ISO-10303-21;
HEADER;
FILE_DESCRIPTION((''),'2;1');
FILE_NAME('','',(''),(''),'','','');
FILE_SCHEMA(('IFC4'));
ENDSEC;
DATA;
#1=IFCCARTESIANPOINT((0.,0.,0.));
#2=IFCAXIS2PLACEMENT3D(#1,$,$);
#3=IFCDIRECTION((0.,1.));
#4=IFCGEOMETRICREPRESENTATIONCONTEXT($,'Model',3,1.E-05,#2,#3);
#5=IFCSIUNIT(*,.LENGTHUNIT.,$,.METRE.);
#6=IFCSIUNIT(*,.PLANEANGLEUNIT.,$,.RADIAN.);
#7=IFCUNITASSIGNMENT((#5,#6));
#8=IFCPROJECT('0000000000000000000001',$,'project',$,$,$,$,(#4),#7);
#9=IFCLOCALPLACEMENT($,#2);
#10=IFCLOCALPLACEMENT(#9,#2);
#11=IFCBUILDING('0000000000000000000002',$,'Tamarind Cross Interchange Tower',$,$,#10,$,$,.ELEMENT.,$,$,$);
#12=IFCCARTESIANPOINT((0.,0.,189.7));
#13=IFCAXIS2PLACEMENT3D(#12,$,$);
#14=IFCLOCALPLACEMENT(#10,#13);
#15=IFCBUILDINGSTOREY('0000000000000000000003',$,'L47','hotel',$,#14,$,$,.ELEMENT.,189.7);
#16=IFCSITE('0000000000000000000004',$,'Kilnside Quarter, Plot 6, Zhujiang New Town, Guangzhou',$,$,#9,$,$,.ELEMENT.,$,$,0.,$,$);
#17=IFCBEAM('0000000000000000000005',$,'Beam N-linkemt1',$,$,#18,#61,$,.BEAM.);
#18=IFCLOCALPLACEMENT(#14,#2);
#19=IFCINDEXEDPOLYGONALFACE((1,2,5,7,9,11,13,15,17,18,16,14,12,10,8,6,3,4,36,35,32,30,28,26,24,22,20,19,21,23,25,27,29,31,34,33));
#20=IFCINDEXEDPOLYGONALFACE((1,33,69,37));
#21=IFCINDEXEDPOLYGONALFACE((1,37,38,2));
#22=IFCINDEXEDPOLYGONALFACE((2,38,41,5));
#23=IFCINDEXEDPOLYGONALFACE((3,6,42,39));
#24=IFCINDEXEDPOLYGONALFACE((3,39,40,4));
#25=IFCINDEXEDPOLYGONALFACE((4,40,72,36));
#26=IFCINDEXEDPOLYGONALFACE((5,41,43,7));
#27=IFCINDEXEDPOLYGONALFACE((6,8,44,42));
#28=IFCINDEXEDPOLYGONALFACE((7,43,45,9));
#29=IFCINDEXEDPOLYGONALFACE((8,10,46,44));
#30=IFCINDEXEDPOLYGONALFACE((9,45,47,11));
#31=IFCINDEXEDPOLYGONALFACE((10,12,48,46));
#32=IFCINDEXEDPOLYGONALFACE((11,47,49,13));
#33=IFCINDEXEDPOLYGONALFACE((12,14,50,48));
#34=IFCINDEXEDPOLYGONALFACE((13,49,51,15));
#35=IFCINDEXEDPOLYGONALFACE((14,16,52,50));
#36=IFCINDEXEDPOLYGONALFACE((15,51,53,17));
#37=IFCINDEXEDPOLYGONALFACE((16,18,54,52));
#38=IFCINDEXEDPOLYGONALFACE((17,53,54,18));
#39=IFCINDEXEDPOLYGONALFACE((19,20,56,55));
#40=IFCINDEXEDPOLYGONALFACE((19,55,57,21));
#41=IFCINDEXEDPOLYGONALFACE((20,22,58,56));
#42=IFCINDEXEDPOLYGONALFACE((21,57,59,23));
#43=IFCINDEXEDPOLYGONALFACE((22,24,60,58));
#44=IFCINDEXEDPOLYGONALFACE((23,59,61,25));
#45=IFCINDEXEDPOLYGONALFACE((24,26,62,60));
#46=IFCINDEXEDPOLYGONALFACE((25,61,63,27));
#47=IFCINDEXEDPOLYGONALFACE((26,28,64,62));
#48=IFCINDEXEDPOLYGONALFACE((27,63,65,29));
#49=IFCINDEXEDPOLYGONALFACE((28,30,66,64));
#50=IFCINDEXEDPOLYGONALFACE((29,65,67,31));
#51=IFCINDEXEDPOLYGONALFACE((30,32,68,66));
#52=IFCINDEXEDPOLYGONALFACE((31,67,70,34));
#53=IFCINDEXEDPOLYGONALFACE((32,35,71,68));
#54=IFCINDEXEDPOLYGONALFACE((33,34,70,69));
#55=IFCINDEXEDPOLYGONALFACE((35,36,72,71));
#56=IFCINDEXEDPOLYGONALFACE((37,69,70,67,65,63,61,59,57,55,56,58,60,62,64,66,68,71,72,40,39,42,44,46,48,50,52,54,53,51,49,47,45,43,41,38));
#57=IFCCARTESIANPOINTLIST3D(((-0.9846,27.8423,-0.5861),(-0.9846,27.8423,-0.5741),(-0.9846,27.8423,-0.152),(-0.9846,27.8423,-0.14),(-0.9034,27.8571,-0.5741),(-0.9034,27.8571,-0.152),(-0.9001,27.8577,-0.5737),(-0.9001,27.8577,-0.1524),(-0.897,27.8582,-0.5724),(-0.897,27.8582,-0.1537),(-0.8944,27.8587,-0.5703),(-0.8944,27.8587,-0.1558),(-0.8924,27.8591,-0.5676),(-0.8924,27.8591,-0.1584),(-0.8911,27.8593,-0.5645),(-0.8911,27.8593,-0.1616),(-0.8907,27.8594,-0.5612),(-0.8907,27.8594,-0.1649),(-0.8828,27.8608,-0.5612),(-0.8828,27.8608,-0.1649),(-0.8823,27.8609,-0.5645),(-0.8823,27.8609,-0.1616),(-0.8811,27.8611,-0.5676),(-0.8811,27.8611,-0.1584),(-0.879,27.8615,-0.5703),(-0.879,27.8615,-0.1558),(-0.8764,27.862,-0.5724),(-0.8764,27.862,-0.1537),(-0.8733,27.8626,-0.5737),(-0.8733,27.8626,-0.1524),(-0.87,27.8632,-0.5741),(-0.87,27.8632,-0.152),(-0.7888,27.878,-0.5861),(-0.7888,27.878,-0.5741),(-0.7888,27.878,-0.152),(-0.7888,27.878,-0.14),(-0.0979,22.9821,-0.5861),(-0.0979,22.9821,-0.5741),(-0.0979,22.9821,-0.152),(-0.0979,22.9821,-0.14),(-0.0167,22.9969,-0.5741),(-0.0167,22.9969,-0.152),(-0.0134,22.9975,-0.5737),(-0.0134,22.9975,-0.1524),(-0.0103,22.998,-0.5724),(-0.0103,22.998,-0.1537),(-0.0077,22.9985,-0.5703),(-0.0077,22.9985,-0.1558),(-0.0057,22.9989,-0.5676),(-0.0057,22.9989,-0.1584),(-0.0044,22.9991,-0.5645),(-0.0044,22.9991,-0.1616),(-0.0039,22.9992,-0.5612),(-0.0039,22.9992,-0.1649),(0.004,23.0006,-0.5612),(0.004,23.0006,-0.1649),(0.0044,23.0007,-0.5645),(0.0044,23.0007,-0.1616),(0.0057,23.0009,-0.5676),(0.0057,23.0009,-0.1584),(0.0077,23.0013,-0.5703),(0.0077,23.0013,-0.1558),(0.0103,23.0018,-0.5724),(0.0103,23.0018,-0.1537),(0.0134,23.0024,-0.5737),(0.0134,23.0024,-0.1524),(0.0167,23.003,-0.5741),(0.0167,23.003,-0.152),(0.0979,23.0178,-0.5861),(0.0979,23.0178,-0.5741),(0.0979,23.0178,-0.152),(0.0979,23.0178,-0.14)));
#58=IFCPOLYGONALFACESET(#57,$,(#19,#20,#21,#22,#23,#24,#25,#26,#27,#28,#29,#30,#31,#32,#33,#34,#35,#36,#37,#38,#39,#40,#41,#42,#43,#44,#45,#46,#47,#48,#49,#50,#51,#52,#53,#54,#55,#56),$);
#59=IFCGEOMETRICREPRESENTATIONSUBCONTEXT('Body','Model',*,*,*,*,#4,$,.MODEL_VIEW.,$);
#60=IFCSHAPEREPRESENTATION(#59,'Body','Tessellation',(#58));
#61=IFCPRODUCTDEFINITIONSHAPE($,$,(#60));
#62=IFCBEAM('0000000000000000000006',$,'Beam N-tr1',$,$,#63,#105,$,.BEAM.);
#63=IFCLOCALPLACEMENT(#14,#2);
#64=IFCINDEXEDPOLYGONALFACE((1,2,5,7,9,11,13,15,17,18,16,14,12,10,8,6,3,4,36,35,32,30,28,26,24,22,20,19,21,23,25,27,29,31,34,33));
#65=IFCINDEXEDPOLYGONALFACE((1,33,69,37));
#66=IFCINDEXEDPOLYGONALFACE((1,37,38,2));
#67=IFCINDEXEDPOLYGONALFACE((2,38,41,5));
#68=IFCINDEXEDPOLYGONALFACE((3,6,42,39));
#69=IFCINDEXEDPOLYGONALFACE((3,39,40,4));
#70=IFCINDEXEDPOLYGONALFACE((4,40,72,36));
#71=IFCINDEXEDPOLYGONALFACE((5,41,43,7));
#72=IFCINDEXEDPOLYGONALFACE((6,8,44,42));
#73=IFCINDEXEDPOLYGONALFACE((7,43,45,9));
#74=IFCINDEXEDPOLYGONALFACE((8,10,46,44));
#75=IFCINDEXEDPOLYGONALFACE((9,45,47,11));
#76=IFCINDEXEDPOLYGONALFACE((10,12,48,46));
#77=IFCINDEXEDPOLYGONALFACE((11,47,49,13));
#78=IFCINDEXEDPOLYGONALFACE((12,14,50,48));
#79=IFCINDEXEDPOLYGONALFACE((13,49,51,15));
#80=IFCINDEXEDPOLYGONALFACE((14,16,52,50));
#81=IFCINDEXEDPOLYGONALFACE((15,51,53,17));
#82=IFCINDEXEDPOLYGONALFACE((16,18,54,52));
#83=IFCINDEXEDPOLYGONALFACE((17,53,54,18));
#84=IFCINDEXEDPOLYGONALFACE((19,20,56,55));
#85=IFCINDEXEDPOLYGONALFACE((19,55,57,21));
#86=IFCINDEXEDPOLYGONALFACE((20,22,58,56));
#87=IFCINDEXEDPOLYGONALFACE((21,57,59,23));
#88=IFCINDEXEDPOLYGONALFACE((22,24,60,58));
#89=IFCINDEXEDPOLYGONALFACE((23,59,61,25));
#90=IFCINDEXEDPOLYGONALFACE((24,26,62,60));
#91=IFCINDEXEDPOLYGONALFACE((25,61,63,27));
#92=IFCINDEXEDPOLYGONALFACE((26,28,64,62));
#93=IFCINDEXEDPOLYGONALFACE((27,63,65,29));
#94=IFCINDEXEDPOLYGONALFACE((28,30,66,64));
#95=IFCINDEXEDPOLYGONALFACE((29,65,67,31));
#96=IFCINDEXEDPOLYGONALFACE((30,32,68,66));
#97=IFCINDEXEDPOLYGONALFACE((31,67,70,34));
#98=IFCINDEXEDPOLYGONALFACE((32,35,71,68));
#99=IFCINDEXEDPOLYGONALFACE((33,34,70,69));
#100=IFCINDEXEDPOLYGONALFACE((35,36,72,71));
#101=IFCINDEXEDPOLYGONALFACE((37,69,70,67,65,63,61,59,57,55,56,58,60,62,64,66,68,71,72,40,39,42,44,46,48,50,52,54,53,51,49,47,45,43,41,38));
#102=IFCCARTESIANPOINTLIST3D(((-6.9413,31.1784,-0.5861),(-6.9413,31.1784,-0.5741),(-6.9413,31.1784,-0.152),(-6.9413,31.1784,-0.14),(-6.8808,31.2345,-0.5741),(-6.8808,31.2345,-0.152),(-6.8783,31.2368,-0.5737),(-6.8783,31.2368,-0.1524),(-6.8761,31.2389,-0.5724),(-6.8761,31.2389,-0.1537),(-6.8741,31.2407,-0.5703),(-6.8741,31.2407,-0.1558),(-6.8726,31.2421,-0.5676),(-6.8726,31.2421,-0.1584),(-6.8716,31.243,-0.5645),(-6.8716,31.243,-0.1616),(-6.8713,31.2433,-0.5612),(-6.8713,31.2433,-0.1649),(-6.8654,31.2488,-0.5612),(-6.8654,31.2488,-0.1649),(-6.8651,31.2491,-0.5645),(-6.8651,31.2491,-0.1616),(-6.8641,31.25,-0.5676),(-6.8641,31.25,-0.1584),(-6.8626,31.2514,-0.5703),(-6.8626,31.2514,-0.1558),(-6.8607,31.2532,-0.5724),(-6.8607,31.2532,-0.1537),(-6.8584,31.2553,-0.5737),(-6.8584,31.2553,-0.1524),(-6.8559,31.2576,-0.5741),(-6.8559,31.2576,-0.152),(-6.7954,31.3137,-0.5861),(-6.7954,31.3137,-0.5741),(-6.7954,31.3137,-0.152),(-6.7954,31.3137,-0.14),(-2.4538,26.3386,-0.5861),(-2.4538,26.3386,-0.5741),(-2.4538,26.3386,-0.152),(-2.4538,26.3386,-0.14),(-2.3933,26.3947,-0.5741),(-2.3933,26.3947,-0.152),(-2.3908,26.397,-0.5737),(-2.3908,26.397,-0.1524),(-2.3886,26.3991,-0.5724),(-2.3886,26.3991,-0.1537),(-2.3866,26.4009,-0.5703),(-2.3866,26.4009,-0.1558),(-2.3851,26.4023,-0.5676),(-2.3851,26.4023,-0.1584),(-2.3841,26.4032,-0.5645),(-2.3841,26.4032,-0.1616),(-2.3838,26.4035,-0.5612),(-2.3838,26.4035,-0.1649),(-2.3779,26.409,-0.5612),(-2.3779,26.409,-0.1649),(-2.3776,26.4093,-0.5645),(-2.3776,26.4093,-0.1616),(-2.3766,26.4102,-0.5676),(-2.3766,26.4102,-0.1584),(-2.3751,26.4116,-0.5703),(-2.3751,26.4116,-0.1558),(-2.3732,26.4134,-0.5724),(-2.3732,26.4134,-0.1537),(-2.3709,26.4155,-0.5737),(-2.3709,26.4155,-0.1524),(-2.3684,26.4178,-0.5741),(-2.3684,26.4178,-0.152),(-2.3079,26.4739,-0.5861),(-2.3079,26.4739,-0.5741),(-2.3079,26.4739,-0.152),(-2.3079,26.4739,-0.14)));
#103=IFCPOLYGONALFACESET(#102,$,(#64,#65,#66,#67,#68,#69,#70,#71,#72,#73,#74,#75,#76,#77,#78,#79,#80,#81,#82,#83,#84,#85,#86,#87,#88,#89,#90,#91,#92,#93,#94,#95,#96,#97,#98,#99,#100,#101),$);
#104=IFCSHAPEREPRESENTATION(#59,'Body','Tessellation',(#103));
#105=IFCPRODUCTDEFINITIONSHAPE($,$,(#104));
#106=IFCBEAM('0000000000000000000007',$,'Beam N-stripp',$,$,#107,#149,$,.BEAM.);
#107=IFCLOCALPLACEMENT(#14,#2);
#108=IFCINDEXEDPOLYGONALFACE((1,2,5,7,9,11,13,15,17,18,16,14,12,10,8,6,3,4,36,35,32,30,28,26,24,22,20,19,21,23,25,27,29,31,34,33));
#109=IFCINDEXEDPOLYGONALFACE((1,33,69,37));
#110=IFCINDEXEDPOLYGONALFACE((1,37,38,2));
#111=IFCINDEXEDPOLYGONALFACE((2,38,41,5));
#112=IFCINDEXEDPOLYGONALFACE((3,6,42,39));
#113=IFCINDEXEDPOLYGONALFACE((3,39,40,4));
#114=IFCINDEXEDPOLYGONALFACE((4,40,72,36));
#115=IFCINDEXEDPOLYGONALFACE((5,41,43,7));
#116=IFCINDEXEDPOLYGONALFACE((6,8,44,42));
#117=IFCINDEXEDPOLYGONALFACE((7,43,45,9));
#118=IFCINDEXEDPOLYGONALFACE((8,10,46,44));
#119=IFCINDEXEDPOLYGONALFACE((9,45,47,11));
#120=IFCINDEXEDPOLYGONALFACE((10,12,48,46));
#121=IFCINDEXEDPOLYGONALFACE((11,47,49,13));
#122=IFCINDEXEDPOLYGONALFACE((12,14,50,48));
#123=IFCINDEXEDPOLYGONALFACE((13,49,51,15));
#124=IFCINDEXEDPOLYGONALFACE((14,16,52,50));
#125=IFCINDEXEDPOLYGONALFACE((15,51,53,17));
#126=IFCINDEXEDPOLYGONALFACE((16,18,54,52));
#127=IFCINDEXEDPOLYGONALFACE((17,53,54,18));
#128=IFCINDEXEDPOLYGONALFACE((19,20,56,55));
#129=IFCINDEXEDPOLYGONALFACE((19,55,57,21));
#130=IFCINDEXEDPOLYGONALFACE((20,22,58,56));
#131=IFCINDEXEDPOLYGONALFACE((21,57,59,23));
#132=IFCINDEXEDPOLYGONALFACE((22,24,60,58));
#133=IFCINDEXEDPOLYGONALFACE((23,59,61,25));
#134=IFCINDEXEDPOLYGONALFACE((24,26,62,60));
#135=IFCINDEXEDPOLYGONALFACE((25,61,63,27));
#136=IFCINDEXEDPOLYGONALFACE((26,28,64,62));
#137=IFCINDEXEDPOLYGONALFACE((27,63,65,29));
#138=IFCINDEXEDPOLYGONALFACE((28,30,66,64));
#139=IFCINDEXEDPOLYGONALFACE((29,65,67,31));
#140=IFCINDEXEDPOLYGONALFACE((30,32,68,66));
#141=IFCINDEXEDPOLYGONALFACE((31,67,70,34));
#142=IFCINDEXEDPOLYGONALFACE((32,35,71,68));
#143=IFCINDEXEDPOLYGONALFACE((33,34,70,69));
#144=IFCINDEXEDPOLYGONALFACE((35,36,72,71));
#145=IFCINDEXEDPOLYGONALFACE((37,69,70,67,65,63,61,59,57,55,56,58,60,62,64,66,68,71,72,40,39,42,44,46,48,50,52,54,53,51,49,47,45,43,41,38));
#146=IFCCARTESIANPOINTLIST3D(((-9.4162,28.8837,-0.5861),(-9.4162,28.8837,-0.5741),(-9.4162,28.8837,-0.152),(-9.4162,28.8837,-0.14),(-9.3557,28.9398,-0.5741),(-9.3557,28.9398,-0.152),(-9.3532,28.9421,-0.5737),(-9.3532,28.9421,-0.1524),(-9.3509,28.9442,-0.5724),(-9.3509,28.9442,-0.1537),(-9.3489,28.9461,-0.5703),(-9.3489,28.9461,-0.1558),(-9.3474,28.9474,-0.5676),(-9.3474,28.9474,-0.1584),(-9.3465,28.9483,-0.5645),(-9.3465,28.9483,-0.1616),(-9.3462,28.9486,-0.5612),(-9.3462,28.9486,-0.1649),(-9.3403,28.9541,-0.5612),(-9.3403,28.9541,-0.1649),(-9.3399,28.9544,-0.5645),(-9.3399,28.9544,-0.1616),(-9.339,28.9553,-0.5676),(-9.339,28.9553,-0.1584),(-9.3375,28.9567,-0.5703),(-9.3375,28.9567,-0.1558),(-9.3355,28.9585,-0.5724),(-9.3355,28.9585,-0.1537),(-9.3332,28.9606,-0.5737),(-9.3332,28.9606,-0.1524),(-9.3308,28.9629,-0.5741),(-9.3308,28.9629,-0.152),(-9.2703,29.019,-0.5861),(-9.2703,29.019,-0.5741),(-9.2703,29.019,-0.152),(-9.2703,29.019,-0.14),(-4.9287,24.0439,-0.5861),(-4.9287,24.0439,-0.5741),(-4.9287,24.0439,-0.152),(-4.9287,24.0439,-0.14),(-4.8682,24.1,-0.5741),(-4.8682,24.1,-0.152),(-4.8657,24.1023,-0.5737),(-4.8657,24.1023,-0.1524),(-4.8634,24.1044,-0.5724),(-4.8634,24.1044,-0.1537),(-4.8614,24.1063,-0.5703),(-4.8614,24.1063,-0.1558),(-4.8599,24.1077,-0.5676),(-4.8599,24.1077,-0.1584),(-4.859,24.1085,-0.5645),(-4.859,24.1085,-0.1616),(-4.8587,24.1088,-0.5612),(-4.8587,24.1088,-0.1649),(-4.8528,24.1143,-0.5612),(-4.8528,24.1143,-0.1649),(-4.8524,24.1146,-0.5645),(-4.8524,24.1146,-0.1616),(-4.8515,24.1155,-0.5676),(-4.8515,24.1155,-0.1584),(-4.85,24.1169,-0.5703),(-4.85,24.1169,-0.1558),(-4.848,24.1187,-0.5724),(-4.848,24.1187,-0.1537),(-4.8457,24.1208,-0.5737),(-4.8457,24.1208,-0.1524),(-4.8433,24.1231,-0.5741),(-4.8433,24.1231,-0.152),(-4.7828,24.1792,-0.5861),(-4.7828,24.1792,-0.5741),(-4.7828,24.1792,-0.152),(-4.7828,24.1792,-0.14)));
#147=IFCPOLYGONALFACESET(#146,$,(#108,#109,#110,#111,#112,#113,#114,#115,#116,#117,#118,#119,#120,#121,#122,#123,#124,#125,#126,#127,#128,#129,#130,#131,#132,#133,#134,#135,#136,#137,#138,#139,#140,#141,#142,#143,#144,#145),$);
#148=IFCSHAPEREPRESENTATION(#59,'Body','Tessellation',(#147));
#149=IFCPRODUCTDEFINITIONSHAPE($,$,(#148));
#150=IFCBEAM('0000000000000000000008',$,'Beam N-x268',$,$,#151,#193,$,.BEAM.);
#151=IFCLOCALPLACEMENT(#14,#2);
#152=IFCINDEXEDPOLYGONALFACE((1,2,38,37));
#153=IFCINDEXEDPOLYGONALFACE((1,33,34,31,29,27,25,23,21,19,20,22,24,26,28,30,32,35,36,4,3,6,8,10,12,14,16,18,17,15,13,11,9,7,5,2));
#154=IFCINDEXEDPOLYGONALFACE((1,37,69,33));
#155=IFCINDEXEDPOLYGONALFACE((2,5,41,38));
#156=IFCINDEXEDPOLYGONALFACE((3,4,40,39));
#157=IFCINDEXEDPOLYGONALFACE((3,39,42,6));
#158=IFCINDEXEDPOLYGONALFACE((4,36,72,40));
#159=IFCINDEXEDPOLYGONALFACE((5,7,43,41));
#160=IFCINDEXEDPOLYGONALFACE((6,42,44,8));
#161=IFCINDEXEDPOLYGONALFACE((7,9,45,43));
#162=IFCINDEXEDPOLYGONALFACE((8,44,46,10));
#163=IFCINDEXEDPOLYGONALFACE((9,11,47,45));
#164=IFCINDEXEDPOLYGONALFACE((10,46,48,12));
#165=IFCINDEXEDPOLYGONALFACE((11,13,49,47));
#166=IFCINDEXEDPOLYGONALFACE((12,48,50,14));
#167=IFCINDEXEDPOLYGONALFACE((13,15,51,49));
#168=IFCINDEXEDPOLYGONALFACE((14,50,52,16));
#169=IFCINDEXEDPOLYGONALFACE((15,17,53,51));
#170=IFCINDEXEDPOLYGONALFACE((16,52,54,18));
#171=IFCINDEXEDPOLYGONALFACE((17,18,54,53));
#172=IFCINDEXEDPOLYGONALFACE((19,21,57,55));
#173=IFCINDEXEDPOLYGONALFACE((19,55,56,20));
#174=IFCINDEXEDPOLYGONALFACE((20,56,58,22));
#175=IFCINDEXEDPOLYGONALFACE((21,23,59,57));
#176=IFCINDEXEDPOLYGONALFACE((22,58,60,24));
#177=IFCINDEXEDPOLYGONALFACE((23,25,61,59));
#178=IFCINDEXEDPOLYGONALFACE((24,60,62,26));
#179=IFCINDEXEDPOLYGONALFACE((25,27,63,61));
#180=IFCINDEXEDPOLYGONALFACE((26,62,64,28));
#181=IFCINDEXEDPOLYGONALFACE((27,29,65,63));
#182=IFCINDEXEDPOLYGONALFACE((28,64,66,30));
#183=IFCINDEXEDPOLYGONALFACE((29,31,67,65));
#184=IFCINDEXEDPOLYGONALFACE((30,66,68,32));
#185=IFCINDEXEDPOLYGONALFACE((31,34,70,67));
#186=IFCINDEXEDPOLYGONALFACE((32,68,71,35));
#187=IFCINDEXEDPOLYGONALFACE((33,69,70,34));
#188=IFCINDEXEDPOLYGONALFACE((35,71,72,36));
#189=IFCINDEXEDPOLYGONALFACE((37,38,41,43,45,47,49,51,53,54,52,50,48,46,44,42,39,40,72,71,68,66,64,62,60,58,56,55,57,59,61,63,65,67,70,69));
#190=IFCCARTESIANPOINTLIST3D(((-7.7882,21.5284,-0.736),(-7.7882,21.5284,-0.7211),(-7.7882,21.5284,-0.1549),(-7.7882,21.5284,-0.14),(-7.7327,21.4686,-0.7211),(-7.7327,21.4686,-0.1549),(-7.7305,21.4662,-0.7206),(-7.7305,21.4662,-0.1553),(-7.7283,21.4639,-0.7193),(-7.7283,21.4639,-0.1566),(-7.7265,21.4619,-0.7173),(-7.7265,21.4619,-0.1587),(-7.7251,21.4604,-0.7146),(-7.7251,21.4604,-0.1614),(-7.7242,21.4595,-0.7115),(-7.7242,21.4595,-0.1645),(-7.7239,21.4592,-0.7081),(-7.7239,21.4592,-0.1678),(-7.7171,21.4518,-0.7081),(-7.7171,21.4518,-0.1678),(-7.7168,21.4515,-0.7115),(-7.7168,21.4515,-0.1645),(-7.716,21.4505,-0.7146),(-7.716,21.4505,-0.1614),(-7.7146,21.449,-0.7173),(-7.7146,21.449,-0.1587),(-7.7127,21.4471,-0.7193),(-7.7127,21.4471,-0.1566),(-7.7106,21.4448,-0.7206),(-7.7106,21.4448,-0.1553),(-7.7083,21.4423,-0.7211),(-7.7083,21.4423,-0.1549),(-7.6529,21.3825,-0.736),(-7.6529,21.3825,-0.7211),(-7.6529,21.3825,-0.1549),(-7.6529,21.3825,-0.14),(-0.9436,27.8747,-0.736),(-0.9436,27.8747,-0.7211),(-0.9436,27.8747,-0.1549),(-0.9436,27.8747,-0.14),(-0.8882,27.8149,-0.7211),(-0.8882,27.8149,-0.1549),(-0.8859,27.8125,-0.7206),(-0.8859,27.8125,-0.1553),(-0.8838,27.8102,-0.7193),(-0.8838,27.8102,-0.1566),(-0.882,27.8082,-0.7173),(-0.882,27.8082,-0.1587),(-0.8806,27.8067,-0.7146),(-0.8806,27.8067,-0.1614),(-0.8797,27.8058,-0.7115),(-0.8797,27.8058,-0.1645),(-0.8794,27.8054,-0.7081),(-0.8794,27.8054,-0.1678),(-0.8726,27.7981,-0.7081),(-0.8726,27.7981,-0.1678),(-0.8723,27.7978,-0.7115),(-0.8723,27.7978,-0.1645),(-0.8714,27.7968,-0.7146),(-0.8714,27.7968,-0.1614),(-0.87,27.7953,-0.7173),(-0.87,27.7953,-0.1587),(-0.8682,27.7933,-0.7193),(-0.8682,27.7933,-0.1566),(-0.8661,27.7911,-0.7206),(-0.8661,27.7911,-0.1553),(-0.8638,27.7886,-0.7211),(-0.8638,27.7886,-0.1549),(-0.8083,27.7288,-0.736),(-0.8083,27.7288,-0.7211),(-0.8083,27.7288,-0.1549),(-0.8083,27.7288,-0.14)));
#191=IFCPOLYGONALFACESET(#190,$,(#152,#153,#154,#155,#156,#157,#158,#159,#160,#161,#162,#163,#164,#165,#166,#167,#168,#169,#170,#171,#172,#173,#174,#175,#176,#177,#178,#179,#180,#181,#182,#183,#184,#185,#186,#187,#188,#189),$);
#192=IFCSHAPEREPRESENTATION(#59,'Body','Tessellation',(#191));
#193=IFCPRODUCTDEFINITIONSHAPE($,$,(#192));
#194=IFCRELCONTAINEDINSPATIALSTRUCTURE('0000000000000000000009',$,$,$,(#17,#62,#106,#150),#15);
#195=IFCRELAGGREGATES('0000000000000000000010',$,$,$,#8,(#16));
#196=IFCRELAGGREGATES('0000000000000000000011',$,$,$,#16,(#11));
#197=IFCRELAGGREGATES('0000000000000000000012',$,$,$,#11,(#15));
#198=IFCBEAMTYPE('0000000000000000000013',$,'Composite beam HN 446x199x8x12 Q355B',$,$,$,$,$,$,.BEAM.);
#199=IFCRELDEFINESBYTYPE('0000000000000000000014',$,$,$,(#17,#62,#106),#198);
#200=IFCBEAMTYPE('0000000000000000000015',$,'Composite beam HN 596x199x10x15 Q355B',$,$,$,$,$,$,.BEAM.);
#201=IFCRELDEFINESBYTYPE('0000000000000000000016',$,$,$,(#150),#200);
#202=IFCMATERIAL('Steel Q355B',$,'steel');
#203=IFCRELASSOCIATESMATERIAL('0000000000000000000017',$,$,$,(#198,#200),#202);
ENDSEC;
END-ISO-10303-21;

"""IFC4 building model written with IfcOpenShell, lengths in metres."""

from ifc_helpers import new_model, si_unit, direction, frame, origin, origin_2d, place, context, subcontext, project, spatial, i_section, extrude, material, material_profile, profile_set, type_object, element, save


model = new_model("IFC4")

# Units and contexts
model_context = context("Model", 3, precision=1e-05, world=origin(), true_north=direction((0.0, 1.0)))
body_context = subcontext(model_context, "Body", "Model", "MODEL_VIEW")
ifc_project = project(units=[si_unit("LENGTHUNIT", "METRE"), si_unit("PLANEANGLEUNIT", "RADIAN")], contexts=[model_context])

# Site, building, storey
site_placement = place(None, origin())
site = spatial("IfcSite", under=ifc_project, at=site_placement, Name="Kilnside Quarter, Plot 6, Zhujiang New Town, Guangzhou", CompositionType="ELEMENT", RefElevation=0.0)
building_placement = place(site_placement, origin())
building = spatial("IfcBuilding", under=site, at=building_placement, Name="Tamarind Cross Interchange Tower", CompositionType="ELEMENT")
storey_placement = place(building_placement, frame((0.0, 0.0, 189.7)))
storey = spatial("IfcBuildingStorey", under=building, at=storey_placement, Name="L47", Description="hotel", CompositionType="ELEMENT", Elevation=189.7)

# Beams
ifc_material_1 = material(Name="Steel Q355B", Category="steel")
ifc_material_profile_1 = material_profile(ifc_material_1, i_section(OverallWidth=0.199, OverallDepth=0.446, WebThickness=0.0081, FlangeThickness=0.012, FilletRadius=0.0129, at=origin_2d()), Name="HN 446x199x8x12")
ifc_profile_set_1 = profile_set([ifc_material_profile_1], Name="Steel Q355B")
beam_type_1 = type_object("IfcBeamType", Name="Composite beam HN 446x199x8x12 Q355B", PredefinedType="BEAM", material=ifc_profile_set_1)
beam_1_placement = place(storey_placement, frame((-0.8867, 27.8601, -0.363), z_axis=(0.179486, -0.983761, 0.0), x_axis=(0.983761, 0.179486, 0.0)))
element("IfcBeam", 1, at=beam_1_placement, inside=storey, type_object=beam_type_1, Name="Beam N-linkemt1", PredefinedType="BEAM", context=body_context, shape_type="SweptSolid", body=[
    extrude(i_section(OverallWidth=0.199, OverallDepth=0.446, WebThickness=0.0081, FlangeThickness=0.012, FilletRadius=0.0129, at=origin_2d()), origin(), (0.0, 0.0, 1.0), 4.9404),
])
for number, where, z_axis, x_axis, name in (
    (2, (-2.3809, 26.4062, -0.363), (-0.679915, 0.733291, 0.0), (-0.733291, -0.679915, 0.0), "Beam N-tr1"),
    (3, (-4.8557, 24.1116, -0.363), (-0.679915, 0.733291, 0.0), (-0.733291, -0.679915, 0.0), "Beam N-stripp"),
):
    element("IfcBeam", number, at=place(storey_placement, frame(where, z_axis=z_axis, x_axis=x_axis)), inside=storey, type_object=beam_type_1, Name=name, PredefinedType="BEAM", context=body_context, shape_type="SweptSolid", body=[
        extrude(i_section(OverallWidth=0.199, OverallDepth=0.446, WebThickness=0.0081, FlangeThickness=0.012, FilletRadius=0.0129, at=origin_2d()), origin(), (0.0, 0.0, 1.0), 6.6001),
    ])
ifc_material_profile_2 = material_profile(ifc_material_1, i_section(OverallWidth=0.199, OverallDepth=0.5959, WebThickness=0.01, FlangeThickness=0.0149, FilletRadius=0.0129, at=origin_2d()), Name="HN 596x199x10x15")
ifc_profile_set_2 = profile_set([ifc_material_profile_2], Name="Steel Q355B")
beam_type_2 = type_object("IfcBeamType", Name="Composite beam HN 596x199x10x15 Q355B", PredefinedType="BEAM", material=ifc_profile_set_2)
beam_2_placement = place(storey_placement, frame((-0.876, 27.8018, -0.438), z_axis=(-0.733295, -0.67991, 0.0), x_axis=(0.67991, -0.733295, 0.0)))
element("IfcBeam", 4, at=beam_2_placement, inside=storey, type_object=beam_type_2, Name="Beam N-x268", PredefinedType="BEAM", context=body_context, shape_type="SweptSolid", body=[
    extrude(i_section(OverallWidth=0.199, OverallDepth=0.5959, WebThickness=0.01, FlangeThickness=0.0149, FilletRadius=0.0129, at=origin_2d()), origin(), (0.0, 0.0, 1.0), 9.334),
])

save(model, "model.ifc")
